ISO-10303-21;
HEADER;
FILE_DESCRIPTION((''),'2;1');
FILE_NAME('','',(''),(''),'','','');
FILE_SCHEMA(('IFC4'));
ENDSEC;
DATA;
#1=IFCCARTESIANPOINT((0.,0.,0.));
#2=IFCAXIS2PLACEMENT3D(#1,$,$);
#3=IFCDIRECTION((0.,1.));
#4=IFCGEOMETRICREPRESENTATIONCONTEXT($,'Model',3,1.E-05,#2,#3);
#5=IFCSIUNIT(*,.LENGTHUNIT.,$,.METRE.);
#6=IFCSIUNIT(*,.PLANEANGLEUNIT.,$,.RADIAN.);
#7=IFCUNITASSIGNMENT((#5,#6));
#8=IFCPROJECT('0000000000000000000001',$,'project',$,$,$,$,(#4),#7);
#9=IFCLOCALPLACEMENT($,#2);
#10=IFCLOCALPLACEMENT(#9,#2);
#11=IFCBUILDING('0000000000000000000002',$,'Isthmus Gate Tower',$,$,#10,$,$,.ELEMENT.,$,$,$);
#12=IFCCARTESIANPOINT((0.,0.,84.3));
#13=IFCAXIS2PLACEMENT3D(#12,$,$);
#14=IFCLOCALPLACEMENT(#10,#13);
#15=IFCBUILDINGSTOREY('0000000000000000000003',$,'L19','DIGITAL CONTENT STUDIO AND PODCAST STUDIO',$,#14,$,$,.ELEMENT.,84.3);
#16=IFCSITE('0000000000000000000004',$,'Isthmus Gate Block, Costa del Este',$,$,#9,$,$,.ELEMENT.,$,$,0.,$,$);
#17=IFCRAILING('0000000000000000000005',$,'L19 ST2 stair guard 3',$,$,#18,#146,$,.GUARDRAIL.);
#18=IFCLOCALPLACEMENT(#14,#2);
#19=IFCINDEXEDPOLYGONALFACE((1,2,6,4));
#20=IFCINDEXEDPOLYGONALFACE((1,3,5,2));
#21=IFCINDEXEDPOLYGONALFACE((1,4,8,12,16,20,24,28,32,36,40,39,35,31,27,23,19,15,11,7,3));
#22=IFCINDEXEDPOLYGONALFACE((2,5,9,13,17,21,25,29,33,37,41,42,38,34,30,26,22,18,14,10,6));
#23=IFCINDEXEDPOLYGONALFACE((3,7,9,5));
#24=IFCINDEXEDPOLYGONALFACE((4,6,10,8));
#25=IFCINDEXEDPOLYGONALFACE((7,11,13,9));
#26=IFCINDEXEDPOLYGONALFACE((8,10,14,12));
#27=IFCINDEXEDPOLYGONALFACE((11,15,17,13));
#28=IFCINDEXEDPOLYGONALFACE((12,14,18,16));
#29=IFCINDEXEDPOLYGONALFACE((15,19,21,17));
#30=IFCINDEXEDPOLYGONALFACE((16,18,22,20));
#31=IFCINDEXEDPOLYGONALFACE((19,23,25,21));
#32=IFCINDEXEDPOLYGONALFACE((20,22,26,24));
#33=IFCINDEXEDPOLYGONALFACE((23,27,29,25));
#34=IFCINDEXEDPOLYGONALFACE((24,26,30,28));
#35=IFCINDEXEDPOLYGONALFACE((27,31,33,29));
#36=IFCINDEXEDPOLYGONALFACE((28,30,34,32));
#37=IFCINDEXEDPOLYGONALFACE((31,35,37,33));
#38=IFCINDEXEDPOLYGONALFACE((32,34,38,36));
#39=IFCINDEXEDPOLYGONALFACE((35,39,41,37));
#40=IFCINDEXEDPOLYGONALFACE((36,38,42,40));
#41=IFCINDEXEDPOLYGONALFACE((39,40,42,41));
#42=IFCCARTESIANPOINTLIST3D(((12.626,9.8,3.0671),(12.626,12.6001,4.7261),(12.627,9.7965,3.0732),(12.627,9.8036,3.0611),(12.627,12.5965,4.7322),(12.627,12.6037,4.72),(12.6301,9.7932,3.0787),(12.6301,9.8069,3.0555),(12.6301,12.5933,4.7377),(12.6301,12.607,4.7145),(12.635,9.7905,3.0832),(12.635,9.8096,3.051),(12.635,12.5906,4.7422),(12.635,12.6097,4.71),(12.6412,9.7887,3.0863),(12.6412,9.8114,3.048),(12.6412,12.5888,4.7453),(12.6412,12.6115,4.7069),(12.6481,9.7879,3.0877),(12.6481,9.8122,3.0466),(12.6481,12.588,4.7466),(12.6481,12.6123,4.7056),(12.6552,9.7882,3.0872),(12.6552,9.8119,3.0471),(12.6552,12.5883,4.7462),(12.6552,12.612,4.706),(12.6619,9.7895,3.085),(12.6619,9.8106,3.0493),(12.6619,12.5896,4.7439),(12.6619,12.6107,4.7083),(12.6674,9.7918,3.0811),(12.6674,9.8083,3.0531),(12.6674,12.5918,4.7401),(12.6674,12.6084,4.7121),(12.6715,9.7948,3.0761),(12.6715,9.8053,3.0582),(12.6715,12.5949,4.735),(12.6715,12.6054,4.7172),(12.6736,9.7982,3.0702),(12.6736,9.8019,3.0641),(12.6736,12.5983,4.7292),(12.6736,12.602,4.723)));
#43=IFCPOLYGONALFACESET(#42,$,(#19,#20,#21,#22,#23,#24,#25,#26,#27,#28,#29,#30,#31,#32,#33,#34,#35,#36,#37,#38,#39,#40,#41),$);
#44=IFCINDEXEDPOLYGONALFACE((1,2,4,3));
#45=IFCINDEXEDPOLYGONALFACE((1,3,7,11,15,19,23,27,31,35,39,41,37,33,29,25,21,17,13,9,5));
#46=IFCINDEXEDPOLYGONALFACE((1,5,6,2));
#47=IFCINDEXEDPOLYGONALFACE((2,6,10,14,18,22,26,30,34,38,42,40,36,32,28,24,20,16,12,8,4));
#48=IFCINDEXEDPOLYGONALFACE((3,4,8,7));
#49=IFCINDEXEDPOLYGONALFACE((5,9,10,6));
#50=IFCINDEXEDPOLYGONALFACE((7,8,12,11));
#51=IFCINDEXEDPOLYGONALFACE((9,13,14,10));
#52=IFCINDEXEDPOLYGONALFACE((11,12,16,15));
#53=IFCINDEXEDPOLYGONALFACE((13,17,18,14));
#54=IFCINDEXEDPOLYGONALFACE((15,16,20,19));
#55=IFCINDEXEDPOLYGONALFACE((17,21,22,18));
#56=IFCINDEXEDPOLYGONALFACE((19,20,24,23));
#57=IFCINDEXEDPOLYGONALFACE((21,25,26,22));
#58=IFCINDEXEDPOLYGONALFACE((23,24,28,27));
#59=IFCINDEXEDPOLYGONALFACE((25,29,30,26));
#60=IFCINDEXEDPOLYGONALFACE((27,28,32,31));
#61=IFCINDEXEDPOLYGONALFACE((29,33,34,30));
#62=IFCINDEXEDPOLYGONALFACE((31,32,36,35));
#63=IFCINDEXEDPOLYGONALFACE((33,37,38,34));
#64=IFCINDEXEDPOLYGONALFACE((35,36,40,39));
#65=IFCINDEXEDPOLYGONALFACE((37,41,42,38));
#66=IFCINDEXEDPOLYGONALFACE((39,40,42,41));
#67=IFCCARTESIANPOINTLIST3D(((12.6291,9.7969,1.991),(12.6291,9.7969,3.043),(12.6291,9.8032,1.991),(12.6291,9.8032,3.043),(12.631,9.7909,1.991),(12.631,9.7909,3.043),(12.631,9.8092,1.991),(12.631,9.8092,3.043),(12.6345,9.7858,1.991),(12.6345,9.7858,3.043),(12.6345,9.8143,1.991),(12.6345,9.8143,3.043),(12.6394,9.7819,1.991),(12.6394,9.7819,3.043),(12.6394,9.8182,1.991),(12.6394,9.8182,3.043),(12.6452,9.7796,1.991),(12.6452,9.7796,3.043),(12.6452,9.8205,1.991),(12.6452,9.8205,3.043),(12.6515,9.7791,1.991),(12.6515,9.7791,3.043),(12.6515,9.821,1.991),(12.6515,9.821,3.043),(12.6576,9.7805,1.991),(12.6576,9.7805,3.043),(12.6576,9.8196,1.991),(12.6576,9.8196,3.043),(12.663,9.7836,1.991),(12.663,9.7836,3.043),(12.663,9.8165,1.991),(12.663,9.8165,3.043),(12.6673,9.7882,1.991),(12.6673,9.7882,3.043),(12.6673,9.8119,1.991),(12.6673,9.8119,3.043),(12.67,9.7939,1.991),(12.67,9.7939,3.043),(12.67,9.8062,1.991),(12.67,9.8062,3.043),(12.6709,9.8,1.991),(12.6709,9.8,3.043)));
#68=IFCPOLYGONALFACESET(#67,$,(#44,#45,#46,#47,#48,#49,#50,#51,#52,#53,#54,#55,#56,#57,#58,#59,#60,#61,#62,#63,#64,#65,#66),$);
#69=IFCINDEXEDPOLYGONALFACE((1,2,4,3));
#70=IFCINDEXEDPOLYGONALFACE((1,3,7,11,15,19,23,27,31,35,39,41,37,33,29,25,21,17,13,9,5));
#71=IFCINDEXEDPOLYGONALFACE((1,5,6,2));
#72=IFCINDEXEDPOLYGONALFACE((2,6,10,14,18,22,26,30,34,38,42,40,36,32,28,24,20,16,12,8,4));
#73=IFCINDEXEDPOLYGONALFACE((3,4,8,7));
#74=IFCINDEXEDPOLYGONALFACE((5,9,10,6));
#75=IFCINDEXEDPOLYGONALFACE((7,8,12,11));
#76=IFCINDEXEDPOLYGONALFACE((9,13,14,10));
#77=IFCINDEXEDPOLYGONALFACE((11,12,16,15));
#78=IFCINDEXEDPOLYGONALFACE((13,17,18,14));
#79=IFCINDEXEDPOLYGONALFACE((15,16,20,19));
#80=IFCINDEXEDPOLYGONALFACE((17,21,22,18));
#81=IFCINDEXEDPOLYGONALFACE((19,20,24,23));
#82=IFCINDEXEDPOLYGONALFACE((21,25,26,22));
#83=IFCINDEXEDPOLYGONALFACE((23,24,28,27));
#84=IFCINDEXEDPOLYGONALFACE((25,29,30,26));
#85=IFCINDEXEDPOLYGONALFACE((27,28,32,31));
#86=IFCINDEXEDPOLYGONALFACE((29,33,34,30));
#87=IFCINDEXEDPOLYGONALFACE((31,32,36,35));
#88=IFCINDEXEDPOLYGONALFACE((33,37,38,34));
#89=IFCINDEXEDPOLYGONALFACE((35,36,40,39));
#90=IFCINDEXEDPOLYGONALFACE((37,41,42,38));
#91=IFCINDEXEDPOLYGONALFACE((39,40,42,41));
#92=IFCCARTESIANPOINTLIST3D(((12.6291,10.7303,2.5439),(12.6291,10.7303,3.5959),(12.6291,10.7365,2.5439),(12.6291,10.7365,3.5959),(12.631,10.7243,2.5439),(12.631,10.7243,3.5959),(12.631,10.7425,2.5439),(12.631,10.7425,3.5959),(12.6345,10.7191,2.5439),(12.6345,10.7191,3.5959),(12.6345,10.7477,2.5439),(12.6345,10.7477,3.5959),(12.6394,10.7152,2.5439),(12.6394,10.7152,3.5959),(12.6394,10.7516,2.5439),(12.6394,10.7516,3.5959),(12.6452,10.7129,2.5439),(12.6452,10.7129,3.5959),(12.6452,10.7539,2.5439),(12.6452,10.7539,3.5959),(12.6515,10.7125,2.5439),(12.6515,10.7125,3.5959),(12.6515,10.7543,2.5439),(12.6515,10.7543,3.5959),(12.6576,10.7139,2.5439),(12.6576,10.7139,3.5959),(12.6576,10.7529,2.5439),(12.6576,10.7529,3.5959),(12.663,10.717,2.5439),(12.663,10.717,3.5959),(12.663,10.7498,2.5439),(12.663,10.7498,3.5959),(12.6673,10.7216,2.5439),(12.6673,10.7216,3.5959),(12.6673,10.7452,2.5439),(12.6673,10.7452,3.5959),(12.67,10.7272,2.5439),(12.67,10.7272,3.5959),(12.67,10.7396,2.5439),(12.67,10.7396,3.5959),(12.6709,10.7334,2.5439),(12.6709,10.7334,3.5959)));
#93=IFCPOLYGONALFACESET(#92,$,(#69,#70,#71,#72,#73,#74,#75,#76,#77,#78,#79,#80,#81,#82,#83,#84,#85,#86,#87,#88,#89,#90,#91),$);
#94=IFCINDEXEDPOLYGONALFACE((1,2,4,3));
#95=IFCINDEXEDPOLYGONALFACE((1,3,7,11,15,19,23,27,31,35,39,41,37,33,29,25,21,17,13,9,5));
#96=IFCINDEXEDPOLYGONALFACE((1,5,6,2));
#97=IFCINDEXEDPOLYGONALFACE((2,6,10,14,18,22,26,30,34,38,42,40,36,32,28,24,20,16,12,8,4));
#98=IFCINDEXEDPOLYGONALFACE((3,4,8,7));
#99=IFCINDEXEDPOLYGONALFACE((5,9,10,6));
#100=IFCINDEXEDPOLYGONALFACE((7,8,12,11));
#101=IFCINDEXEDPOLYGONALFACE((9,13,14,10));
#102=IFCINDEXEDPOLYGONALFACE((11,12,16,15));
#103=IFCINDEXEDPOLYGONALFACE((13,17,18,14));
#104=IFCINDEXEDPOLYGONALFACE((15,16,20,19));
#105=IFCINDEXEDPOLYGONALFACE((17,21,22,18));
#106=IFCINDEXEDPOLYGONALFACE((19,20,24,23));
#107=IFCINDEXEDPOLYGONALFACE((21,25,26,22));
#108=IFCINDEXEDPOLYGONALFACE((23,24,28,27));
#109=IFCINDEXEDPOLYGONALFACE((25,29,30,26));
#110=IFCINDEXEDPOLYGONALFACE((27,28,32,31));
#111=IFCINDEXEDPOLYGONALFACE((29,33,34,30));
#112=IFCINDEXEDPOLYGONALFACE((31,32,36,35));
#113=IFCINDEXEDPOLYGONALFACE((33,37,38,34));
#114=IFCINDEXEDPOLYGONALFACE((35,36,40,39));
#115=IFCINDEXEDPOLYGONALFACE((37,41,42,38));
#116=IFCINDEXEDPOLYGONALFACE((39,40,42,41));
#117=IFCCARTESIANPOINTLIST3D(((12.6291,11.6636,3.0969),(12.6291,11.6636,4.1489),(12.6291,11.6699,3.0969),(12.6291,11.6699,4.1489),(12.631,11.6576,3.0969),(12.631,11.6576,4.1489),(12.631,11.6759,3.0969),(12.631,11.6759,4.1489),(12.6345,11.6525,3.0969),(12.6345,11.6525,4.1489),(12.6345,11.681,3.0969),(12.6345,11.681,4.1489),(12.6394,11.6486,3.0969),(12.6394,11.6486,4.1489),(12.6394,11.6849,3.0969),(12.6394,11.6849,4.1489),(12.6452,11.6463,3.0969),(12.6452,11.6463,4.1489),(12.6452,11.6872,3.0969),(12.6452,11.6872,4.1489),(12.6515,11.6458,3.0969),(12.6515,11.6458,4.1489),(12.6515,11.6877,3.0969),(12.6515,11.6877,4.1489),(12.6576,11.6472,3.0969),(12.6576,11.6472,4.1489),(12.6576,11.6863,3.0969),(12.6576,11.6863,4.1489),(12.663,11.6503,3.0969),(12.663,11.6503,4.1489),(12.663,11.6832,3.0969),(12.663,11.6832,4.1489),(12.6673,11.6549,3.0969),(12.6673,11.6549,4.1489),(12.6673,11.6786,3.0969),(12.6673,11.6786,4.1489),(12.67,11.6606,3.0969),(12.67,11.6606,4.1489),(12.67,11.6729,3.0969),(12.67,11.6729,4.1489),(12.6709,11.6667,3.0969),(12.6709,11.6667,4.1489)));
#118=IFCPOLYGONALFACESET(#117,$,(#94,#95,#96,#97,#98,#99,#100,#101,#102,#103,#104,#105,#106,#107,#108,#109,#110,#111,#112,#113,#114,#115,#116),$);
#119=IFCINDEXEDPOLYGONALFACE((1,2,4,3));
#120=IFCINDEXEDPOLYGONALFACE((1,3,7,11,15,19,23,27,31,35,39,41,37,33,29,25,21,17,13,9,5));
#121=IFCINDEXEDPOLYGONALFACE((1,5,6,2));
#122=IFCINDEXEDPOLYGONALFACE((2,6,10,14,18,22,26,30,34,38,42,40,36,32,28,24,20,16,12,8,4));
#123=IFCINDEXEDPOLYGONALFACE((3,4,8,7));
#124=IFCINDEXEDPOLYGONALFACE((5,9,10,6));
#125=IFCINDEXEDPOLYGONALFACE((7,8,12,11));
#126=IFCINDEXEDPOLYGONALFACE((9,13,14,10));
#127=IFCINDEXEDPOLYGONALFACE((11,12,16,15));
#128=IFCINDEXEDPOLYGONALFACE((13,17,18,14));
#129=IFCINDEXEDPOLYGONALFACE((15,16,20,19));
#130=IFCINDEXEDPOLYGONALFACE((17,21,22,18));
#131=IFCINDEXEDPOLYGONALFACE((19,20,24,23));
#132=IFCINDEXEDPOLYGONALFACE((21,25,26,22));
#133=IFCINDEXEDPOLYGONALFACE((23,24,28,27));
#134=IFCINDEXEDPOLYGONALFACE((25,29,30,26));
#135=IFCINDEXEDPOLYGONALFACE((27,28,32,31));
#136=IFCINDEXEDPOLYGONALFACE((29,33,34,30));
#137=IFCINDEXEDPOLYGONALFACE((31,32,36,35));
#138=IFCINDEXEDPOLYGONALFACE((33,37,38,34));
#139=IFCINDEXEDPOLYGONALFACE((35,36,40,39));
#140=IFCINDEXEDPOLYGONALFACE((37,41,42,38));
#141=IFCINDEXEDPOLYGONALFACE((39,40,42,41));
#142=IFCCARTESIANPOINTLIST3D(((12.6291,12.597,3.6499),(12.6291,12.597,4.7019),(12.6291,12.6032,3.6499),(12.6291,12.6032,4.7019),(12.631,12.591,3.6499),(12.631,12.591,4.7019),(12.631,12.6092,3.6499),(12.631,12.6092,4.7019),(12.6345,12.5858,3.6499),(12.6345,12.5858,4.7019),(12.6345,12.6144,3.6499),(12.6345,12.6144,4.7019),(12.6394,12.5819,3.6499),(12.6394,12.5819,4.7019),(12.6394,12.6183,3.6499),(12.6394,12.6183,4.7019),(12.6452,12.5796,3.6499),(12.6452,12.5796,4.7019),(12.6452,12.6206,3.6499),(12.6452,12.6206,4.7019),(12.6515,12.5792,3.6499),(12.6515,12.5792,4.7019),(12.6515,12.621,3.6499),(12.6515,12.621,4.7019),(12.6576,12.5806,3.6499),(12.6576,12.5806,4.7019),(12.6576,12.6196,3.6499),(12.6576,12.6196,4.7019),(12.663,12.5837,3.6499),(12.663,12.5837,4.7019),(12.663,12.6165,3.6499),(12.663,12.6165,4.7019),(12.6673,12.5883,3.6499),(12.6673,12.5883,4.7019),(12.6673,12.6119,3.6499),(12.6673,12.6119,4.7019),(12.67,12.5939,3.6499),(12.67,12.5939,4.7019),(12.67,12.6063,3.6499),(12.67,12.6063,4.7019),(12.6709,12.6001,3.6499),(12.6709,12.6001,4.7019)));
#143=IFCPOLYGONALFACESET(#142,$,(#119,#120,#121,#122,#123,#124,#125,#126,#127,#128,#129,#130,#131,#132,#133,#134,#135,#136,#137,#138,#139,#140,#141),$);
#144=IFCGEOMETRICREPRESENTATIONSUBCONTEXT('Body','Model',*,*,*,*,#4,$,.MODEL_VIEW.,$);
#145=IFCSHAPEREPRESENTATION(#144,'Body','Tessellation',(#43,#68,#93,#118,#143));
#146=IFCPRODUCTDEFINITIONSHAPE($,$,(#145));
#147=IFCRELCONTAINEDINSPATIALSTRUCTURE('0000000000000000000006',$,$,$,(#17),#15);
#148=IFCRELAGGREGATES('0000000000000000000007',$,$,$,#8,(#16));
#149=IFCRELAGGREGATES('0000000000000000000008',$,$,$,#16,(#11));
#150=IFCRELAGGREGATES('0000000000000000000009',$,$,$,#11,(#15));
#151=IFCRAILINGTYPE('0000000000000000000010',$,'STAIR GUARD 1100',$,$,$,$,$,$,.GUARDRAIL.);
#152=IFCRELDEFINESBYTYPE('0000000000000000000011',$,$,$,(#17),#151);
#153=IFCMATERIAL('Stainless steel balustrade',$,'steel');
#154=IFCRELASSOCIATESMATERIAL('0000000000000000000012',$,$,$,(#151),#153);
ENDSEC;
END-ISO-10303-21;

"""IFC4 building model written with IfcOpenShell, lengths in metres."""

from ifc_helpers import new_model, si_unit, direction, frame, origin, origin_2d, place, context, subcontext, project, spatial, circle, extrude, material, type_object, element, save


model = new_model("IFC4")

# Units and contexts
model_context = context("Model", 3, precision=1e-05, world=origin(), true_north=direction((0.0, 1.0)))
body_context = subcontext(model_context, "Body", "Model", "MODEL_VIEW")
ifc_project = project(units=[si_unit("LENGTHUNIT", "METRE"), si_unit("PLANEANGLEUNIT", "RADIAN")], contexts=[model_context])

# Site, building, storey
site_placement = place(None, origin())
site = spatial("IfcSite", under=ifc_project, at=site_placement, Name="Isthmus Gate Block, Costa del Este", CompositionType="ELEMENT", RefElevation=0.0)
building_placement = place(site_placement, origin())
building = spatial("IfcBuilding", under=site, at=building_placement, Name="Isthmus Gate Tower", CompositionType="ELEMENT")
storey_placement = place(building_placement, frame((0.0, 0.0, 84.3)))
storey = spatial("IfcBuildingStorey", under=building, at=storey_placement, Name="L19", Description="DIGITAL CONTENT STUDIO AND PODCAST STUDIO", CompositionType="ELEMENT", Elevation=84.3)

# Railing
ifc_material_1 = material(Name="Stainless steel balustrade", Category="steel")
railing_type_1 = type_object("IfcRailingType", Name="STAIR GUARD 1100", PredefinedType="GUARDRAIL", material=ifc_material_1)
railing_1_placement = place(storey_placement, frame((12.6499, 9.8, 1.991)))
element("IfcRailing", 1, at=railing_1_placement, inside=storey, type_object=railing_type_1, Name="L19 ST2 stair guard 3", PredefinedType="GUARDRAIL", context=body_context, shape_type="SweptSolid", body=[
    extrude(circle(Radius=0.0239, at=origin_2d()), frame((0.0, 0.0, 1.0762), z_axis=(0.0, 0.860339, 0.509722), x_axis=(-1.0, 0.0, 0.0)), (0.0, 0.0, 1.0), 3.2546),
    extrude(circle(Radius=0.021, at=origin_2d()), origin(), (0.0, 0.0, 1.0), 1.052),
    extrude(circle(Radius=0.021, at=origin_2d()), frame((0.0, 0.9333, 0.553)), (0.0, 0.0, 1.0), 1.052),
    extrude(circle(Radius=0.021, at=origin_2d()), frame((0.0, 1.8667, 1.106)), (0.0, 0.0, 1.0), 1.052),
    extrude(circle(Radius=0.021, at=origin_2d()), frame((0.0, 2.8, 1.6589)), (0.0, 0.0, 1.0), 1.052),
])

save(model, "model.ifc")
